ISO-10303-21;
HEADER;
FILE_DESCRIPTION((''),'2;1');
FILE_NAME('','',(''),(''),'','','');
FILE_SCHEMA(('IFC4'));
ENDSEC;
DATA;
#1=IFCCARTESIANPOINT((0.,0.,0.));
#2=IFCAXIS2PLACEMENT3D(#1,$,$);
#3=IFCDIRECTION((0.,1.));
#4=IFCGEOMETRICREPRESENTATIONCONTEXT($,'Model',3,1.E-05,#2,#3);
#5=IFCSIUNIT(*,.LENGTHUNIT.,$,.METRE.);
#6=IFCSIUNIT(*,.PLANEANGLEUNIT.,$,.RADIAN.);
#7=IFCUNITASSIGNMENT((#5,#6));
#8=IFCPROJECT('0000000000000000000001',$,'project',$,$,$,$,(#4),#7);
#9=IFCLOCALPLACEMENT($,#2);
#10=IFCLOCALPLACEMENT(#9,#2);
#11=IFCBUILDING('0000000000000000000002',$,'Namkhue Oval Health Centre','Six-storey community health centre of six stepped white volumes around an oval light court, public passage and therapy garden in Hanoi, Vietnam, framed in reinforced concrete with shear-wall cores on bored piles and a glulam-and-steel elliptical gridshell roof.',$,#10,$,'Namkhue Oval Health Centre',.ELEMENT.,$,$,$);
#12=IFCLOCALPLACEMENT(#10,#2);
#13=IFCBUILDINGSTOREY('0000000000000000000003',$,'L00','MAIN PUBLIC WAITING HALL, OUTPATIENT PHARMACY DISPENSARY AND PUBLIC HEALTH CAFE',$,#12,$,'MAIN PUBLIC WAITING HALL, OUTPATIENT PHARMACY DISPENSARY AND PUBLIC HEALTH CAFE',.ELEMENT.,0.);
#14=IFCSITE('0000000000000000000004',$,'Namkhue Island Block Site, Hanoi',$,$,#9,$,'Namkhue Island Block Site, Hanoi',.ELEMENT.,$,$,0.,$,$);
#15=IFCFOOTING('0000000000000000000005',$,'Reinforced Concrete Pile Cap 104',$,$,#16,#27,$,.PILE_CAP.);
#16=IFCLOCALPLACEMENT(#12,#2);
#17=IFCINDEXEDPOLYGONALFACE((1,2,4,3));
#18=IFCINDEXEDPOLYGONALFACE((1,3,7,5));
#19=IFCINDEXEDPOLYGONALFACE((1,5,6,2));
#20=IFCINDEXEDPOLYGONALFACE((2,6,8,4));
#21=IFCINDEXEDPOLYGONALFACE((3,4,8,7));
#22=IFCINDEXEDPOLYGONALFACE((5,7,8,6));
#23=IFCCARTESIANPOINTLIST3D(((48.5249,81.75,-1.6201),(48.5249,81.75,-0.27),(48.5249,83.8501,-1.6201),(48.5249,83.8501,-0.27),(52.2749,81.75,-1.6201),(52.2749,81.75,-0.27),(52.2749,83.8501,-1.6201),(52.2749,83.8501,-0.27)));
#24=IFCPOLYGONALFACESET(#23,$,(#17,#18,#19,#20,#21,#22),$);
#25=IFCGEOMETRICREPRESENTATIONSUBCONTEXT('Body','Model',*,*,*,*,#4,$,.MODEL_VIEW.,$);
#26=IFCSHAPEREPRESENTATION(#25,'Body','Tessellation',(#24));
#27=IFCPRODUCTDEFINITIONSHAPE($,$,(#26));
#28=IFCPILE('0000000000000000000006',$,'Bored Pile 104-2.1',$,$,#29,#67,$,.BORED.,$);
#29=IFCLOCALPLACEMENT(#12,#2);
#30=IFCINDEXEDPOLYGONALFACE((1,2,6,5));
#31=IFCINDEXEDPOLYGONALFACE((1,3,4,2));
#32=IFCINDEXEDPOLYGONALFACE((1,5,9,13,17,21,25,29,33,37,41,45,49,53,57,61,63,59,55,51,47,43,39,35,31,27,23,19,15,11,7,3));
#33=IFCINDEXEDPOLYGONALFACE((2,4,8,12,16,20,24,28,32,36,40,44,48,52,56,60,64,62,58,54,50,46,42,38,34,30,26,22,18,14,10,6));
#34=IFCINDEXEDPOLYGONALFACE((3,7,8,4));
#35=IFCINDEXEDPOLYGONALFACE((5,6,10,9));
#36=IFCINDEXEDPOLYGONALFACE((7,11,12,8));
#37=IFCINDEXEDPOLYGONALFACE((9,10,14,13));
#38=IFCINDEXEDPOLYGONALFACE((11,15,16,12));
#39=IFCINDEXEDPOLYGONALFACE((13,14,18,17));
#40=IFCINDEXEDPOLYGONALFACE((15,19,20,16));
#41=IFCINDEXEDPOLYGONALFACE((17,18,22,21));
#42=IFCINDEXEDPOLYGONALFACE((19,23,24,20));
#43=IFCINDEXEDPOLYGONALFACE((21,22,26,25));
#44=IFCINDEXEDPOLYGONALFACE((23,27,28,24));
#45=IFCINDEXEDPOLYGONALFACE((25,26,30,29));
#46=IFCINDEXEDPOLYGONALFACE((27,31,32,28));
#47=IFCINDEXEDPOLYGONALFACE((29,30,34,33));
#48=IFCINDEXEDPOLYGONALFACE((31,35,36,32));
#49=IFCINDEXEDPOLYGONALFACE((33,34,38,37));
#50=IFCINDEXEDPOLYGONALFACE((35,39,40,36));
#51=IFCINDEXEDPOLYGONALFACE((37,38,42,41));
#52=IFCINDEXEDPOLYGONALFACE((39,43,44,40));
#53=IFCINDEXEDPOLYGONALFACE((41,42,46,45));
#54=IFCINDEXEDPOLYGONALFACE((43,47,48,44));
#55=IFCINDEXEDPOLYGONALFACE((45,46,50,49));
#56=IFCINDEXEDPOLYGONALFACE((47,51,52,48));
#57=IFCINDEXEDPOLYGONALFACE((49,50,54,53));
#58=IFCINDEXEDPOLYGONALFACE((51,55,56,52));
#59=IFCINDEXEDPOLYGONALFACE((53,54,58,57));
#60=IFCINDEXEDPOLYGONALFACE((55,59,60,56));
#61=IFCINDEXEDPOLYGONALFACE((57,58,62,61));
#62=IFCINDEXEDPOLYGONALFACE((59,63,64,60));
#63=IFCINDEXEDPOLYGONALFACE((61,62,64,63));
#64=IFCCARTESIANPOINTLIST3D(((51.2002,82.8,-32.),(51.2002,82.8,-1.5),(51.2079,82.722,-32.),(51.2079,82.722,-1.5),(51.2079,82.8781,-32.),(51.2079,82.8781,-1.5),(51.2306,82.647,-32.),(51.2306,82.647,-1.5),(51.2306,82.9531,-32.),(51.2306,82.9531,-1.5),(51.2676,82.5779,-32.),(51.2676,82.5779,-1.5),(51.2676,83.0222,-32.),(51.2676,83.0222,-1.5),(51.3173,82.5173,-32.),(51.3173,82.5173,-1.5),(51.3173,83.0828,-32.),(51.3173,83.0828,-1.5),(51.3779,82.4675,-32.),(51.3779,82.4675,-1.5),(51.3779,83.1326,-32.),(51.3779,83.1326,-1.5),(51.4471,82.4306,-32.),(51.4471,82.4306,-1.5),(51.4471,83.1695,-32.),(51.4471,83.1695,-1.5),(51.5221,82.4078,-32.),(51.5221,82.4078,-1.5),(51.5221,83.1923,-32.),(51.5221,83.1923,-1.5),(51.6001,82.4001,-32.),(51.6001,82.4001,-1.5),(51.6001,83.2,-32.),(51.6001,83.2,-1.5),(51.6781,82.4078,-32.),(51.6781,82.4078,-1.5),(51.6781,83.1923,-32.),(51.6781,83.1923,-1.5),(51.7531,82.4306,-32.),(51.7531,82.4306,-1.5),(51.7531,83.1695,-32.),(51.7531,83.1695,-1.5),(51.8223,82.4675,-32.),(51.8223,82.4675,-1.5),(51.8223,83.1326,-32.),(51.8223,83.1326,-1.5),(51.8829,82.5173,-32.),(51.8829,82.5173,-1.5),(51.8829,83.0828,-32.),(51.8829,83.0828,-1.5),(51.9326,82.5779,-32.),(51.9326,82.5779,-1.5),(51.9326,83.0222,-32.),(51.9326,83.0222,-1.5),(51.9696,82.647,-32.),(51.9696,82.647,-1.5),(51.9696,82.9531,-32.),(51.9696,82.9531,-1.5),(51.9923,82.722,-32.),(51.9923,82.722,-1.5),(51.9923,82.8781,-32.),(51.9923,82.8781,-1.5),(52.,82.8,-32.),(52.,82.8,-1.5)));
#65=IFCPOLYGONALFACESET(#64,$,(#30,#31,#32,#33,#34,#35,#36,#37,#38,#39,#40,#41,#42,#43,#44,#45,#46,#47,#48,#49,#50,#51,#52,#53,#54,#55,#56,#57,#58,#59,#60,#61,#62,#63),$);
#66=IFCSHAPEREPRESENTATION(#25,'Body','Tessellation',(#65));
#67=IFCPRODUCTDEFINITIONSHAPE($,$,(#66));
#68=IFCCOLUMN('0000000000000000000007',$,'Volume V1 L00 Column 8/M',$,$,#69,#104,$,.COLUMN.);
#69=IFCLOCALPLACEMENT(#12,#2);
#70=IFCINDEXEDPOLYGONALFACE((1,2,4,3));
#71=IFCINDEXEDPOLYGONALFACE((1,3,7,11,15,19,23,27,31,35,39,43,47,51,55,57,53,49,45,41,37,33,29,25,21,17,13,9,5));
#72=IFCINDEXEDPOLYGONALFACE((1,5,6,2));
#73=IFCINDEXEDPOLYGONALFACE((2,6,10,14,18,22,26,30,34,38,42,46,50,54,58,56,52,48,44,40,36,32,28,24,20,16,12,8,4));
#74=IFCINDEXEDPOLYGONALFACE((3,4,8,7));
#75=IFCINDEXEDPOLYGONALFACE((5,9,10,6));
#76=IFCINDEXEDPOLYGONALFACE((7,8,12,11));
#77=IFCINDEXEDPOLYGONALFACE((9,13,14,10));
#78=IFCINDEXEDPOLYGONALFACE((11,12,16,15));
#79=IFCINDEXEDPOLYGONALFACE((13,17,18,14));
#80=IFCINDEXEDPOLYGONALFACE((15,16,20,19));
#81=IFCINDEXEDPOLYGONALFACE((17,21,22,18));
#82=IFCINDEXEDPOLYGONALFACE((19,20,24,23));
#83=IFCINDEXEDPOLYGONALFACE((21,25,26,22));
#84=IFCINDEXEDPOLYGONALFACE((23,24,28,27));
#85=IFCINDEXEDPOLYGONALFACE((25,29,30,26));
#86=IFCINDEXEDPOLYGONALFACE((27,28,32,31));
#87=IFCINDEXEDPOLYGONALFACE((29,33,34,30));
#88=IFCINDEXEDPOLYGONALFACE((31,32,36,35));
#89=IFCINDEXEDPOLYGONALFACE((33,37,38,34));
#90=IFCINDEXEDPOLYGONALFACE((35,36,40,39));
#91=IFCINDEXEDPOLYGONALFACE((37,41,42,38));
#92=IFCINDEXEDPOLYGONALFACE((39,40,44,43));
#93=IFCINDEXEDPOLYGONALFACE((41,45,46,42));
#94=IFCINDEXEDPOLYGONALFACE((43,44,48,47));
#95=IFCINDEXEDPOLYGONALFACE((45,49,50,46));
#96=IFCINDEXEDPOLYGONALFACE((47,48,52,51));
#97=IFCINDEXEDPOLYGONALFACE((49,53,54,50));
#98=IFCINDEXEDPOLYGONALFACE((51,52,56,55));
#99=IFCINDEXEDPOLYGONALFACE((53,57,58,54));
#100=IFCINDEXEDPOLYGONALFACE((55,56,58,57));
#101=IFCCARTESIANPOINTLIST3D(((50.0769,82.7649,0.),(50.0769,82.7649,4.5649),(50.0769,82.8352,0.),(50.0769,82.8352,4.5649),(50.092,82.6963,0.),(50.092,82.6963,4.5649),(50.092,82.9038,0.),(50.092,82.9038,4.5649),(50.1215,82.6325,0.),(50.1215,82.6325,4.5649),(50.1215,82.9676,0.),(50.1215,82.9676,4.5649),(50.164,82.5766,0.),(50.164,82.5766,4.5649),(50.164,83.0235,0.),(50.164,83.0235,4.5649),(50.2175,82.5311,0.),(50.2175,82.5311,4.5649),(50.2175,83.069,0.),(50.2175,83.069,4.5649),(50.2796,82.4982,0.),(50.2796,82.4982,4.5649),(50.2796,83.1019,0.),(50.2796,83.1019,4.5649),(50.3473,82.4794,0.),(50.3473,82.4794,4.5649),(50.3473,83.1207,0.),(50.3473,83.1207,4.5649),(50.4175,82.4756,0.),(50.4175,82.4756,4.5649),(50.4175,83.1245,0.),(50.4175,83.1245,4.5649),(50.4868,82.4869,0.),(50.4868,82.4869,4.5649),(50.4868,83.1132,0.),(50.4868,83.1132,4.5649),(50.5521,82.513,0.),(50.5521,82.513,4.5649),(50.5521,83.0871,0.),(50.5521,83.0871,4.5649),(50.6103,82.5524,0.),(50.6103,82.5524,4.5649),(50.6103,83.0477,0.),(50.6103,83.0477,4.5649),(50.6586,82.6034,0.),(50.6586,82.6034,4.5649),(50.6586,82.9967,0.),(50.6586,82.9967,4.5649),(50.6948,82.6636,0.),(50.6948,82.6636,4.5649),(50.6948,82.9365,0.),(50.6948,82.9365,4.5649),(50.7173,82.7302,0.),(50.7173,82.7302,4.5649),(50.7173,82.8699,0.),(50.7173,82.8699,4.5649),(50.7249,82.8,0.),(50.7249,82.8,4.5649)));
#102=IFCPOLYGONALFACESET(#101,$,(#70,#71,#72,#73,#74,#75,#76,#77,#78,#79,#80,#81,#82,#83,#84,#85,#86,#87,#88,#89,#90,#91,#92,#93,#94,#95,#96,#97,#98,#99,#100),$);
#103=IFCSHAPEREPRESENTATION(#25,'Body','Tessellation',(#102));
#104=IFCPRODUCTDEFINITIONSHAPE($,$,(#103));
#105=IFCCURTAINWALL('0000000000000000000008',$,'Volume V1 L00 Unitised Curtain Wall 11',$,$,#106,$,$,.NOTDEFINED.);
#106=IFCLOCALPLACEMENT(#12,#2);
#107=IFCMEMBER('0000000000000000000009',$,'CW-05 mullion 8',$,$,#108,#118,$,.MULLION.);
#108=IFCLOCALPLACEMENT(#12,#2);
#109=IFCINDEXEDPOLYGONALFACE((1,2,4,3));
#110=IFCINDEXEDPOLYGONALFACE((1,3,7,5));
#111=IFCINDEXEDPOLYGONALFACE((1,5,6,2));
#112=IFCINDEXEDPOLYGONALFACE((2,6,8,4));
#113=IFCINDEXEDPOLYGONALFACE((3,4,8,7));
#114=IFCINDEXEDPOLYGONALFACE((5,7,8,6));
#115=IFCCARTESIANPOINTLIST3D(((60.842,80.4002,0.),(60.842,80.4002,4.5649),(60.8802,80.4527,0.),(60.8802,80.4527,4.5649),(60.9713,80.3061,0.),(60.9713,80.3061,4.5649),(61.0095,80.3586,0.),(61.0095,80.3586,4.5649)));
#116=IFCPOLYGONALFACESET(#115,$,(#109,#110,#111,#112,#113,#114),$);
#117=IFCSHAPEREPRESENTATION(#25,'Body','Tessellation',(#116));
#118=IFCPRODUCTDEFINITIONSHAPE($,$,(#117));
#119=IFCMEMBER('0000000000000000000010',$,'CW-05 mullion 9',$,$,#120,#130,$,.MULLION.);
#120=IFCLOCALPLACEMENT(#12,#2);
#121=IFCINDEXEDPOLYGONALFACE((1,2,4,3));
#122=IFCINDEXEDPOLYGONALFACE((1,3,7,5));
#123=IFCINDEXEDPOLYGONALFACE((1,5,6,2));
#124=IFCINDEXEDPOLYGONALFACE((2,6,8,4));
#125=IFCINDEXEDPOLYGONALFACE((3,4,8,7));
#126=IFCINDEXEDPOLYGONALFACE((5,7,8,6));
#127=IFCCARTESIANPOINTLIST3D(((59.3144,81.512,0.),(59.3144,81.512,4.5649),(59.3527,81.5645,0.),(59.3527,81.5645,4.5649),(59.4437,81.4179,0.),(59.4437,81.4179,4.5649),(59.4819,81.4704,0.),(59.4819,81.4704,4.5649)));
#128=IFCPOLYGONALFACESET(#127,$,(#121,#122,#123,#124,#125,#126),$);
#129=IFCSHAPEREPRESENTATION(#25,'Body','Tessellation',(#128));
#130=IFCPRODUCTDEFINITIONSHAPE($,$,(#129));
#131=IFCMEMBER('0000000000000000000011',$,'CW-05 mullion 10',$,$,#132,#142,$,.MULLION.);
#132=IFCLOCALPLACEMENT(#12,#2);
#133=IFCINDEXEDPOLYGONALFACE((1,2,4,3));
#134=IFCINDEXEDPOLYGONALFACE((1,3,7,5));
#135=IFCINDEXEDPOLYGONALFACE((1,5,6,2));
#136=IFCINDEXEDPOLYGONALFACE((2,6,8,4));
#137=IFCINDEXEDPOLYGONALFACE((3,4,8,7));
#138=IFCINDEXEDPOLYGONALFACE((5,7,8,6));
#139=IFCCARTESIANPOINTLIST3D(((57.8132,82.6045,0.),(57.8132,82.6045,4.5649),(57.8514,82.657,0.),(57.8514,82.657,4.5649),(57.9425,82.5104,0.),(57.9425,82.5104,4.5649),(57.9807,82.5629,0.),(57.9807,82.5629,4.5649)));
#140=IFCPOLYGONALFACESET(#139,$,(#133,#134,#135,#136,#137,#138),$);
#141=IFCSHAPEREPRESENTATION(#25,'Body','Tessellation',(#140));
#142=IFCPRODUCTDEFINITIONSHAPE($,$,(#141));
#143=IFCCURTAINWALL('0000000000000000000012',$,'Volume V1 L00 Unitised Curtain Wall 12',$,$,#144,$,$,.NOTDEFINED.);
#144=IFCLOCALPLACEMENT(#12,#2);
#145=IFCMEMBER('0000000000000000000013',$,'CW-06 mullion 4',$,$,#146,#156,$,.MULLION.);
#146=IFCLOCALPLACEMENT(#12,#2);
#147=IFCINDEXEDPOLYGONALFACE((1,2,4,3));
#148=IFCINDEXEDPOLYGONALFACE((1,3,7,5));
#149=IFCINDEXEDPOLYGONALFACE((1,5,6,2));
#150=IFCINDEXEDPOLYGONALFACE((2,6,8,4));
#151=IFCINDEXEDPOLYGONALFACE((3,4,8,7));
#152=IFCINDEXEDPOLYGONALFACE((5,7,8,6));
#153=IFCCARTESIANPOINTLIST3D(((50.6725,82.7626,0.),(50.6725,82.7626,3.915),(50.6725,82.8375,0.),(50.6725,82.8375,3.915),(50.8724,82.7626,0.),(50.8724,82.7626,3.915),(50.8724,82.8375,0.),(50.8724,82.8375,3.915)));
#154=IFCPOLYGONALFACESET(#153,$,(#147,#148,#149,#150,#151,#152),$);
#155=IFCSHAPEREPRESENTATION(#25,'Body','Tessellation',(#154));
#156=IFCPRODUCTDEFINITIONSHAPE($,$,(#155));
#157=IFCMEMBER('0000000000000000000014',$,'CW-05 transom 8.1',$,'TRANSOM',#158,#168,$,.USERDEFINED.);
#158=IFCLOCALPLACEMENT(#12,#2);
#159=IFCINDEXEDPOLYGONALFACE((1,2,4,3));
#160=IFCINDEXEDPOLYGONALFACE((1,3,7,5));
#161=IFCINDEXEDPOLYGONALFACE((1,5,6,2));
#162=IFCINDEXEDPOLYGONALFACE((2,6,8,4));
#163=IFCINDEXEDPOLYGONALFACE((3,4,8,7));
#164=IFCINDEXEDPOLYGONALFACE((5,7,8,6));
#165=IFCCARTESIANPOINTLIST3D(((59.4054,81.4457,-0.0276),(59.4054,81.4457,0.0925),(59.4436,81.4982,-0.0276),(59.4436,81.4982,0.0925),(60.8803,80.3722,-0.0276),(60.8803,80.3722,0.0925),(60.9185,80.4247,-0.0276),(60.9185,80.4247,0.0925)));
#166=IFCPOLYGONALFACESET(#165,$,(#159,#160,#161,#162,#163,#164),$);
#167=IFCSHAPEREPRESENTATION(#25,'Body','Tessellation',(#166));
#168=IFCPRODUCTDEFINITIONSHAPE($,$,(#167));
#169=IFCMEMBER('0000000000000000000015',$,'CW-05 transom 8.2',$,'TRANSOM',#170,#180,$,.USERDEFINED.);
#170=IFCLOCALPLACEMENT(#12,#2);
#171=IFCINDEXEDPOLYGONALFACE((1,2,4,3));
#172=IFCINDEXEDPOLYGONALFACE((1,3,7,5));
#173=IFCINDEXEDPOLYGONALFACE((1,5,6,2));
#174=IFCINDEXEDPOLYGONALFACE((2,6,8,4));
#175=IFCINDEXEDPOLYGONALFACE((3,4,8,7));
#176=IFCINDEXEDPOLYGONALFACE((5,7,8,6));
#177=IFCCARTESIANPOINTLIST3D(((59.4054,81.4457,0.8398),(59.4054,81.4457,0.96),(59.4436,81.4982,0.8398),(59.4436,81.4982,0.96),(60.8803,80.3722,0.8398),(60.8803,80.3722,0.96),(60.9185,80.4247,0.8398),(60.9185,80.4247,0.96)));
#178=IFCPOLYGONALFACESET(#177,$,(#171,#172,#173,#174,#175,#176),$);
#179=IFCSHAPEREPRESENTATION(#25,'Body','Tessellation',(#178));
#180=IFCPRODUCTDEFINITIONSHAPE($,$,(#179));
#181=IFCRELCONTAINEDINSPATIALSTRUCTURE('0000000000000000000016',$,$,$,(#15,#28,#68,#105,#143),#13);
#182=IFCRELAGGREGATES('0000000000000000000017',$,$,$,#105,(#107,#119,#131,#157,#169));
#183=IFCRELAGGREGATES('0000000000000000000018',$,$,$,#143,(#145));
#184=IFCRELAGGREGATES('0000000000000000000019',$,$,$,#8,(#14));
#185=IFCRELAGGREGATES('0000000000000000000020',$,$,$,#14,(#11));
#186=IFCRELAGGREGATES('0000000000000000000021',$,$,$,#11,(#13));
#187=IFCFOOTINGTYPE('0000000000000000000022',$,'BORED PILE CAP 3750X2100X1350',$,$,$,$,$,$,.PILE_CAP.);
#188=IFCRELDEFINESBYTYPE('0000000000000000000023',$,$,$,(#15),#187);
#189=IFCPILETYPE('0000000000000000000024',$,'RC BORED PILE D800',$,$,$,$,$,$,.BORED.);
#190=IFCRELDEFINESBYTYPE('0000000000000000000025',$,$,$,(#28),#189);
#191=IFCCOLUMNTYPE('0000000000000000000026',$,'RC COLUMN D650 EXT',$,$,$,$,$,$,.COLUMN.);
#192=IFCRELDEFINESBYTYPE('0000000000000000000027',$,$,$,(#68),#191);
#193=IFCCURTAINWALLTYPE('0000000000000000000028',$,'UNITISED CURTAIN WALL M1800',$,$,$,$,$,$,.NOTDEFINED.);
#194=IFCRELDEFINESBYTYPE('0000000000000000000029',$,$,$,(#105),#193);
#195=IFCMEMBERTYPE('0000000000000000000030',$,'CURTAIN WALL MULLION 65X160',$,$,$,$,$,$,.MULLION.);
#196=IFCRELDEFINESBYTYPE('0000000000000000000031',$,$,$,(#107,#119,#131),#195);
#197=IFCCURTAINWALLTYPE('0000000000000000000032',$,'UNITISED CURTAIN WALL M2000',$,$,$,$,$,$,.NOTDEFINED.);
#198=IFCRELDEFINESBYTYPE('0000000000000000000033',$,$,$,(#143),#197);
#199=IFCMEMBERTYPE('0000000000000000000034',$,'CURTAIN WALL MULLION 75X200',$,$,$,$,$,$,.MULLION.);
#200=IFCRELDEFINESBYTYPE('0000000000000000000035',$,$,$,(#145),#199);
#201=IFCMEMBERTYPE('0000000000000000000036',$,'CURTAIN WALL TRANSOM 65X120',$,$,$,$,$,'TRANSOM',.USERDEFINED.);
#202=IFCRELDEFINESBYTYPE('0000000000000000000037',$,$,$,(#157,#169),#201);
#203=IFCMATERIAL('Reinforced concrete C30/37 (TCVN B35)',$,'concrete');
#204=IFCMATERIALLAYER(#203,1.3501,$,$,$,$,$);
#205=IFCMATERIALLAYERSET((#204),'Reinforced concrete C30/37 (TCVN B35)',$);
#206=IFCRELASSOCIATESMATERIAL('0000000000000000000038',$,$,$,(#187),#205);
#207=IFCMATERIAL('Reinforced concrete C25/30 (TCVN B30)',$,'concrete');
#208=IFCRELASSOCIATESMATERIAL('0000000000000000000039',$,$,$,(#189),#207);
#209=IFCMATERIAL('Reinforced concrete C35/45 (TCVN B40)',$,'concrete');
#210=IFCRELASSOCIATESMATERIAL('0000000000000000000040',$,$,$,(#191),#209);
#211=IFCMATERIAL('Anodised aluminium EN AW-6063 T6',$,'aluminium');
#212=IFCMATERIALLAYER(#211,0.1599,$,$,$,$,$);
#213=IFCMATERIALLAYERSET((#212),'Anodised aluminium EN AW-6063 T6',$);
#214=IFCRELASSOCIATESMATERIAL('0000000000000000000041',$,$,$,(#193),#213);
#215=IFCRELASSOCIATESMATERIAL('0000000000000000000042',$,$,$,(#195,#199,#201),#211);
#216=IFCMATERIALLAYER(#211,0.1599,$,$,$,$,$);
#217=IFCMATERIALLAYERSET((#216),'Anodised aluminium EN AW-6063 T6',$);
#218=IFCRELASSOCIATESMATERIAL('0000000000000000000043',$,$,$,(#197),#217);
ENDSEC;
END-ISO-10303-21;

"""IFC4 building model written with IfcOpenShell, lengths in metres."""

from ifc_helpers import new_model, si_unit, direction, frame, origin, origin_2d, place, context, subcontext, project, spatial, rectangle, circle, extrude, material, layer, layer_set, material_profile, profile_set, type_object, element, aggregate, save


model = new_model("IFC4")

# Units and contexts
model_context = context("Model", 3, precision=1e-05, world=origin(), true_north=direction((0.0, 1.0)))
body_context = subcontext(model_context, "Body", "Model", "MODEL_VIEW")
ifc_project = project(units=[si_unit("LENGTHUNIT", "METRE"), si_unit("PLANEANGLEUNIT", "RADIAN")], contexts=[model_context])

# Site, building, storey
site_placement = place(None, origin())
site = spatial("IfcSite", under=ifc_project, at=site_placement, Name="Namkhue Island Block Site, Hanoi", LongName="Namkhue Island Block Site, Hanoi", CompositionType="ELEMENT", RefElevation=0.0)
building_placement = place(site_placement, origin())
building = spatial("IfcBuilding", under=site, at=building_placement, Name="Namkhue Oval Health Centre", Description="Six-storey community health centre of six stepped white volumes around an oval light court, public passage and therapy garden in Hanoi, Vietnam, framed in reinforced concrete with shear-wall cores on bored piles and a glulam-and-steel elliptical gridshell roof.", LongName="Namkhue Oval Health Centre", CompositionType="ELEMENT")
storey_placement = place(building_placement, origin())
storey = spatial("IfcBuildingStorey", under=building, at=storey_placement, Name="L00", Description="MAIN PUBLIC WAITING HALL, OUTPATIENT PHARMACY DISPENSARY AND PUBLIC HEALTH CAFE", LongName="MAIN PUBLIC WAITING HALL, OUTPATIENT PHARMACY DISPENSARY AND PUBLIC HEALTH CAFE", CompositionType="ELEMENT", Elevation=0.0)

# Footing
ifc_material_1 = material(Name="Reinforced concrete C30/37 (TCVN B35)", Category="concrete")
ifc_layer_1 = layer(ifc_material_1, 1.3501)
ifc_layer_set_1 = layer_set([ifc_layer_1], Name="Reinforced concrete C30/37 (TCVN B35)")
footing_type = type_object("IfcFootingType", Name="BORED PILE CAP 3750X2100X1350", PredefinedType="PILE_CAP", material=ifc_layer_set_1)
footing_placement = place(storey_placement, frame((50.3999, 82.8, -1.6201), z_axis=(0.0, 0.0, 1.0), x_axis=(1.0, 0.0, 0.0)))
element("IfcFooting", 1, at=footing_placement, inside=storey, type_object=footing_type, Name="Reinforced Concrete Pile Cap 104", PredefinedType="PILE_CAP", context=body_context, shape_type="SweptSolid", body=[
    extrude(rectangle(XDim=3.75, YDim=2.1001, at=origin_2d()), origin(), (0.0, 0.0, 1.0), 1.3501),
])

# Pile
ifc_material_2 = material(Name="Reinforced concrete C25/30 (TCVN B30)", Category="concrete")
ifc_material_profile_1 = material_profile(ifc_material_2, circle(Radius=0.3999, at=origin_2d()), Name="BORED PILE D800")
ifc_profile_set_1 = profile_set([ifc_material_profile_1], Name="Reinforced concrete C25/30 (TCVN B30)")
pile_type = type_object("IfcPileType", Name="RC BORED PILE D800", PredefinedType="BORED", material=ifc_profile_set_1)
pile_placement = place(storey_placement, frame((51.6001, 82.8, -1.5), z_axis=(0.0, 0.0, -1.0), x_axis=(1.0, 0.0, 0.0)))
element("IfcPile", 2, at=pile_placement, inside=storey, type_object=pile_type, Name="Bored Pile 104-2.1", PredefinedType="BORED", context=body_context, shape_type="SweptSolid", body=[
    extrude(circle(Radius=0.3999, at=origin_2d()), origin(), (0.0, 0.0, 1.0), 30.5),
])

# Column
ifc_material_3 = material(Name="Reinforced concrete C35/45 (TCVN B40)", Category="concrete")
ifc_material_profile_2 = material_profile(ifc_material_3, circle(Radius=0.325, at=origin_2d()), Name="RC D650")
ifc_profile_set_2 = profile_set([ifc_material_profile_2], Name="Reinforced concrete C35/45 (TCVN B40)")
column_type = type_object("IfcColumnType", Name="RC COLUMN D650 EXT", PredefinedType="COLUMN", material=ifc_profile_set_2)
column_placement = place(storey_placement, frame((50.3999, 82.8, 0.0), z_axis=(0.0, 0.0, 1.0), x_axis=(1.0, 0.0, 0.0)))
element("IfcColumn", 3, at=column_placement, inside=storey, type_object=column_type, Name="Volume V1 L00 Column 8/M", PredefinedType="COLUMN", context=body_context, shape_type="SweptSolid", body=[
    extrude(circle(Radius=0.325, at=origin_2d()), origin(), (0.0, 0.0, 1.0), 4.5649),
])

# Curtain wall, members
ifc_material_4 = material(Name="Anodised aluminium EN AW-6063 T6", Category="aluminium")
ifc_layer_2 = layer(ifc_material_4, 0.1599)
ifc_layer_set_2 = layer_set([ifc_layer_2], Name="Anodised aluminium EN AW-6063 T6")
curtain_wall_type_1 = type_object("IfcCurtainWallType", Name="UNITISED CURTAIN WALL M1800", PredefinedType="NOTDEFINED", material=ifc_layer_set_2)
curtain_wall_1_placement = place(storey_placement, origin())
curtain_wall_1 = element("IfcCurtainWall", 4, at=curtain_wall_1_placement, inside=storey, type_object=curtain_wall_type_1, Name="Volume V1 L00 Unitised Curtain Wall 11", PredefinedType="NOTDEFINED")
ifc_material_profile_3 = material_profile(ifc_material_4, rectangle(XDim=0.0649, YDim=0.1599, at=origin_2d()), Name="ALU 65x160")
ifc_profile_set_3 = profile_set([ifc_material_profile_3], Name="Anodised aluminium EN AW-6063 T6")
member_type_1 = type_object("IfcMemberType", Name="CURTAIN WALL MULLION 65X160", PredefinedType="MULLION", material=ifc_profile_set_3)
member_1_placement = place(storey_placement, frame((60.9258, 80.3794, 0.0), z_axis=(0.0, 0.0, 1.0), x_axis=(-0.588477, -0.808514, 0.0)))
member_1 = element("IfcMember", 5, at=member_1_placement, type_object=member_type_1, Name="CW-05 mullion 8", PredefinedType="MULLION", context=body_context, shape_type="SweptSolid", body=[
    extrude(rectangle(XDim=0.0649, YDim=0.1599, at=origin_2d()), origin(), (0.0, 0.0, 1.0), 4.5649),
])
member_2_placement = place(storey_placement, frame((59.3982, 81.4912, 0.0), z_axis=(0.0, 0.0, 1.0), x_axis=(-0.588477, -0.808514, 0.0)))
member_2 = element("IfcMember", 6, at=member_2_placement, type_object=member_type_1, Name="CW-05 mullion 9", PredefinedType="MULLION", context=body_context, shape_type="SweptSolid", body=[
    extrude(rectangle(XDim=0.0649, YDim=0.1599, at=origin_2d()), origin(), (0.0, 0.0, 1.0), 4.5649),
])
member_3_placement = place(storey_placement, frame((57.897, 82.5837, 0.0), z_axis=(0.0, 0.0, 1.0), x_axis=(-0.588477, -0.808514, 0.0)))
member_3 = element("IfcMember", 7, at=member_3_placement, type_object=member_type_1, Name="CW-05 mullion 10", PredefinedType="MULLION", context=body_context, shape_type="SweptSolid", body=[
    extrude(rectangle(XDim=0.0649, YDim=0.1599, at=origin_2d()), origin(), (0.0, 0.0, 1.0), 4.5649),
])

# Curtain wall, member
ifc_layer_3 = layer(ifc_material_4, 0.1599)
ifc_layer_set_3 = layer_set([ifc_layer_3], Name="Anodised aluminium EN AW-6063 T6")
curtain_wall_type_2 = type_object("IfcCurtainWallType", Name="UNITISED CURTAIN WALL M2000", PredefinedType="NOTDEFINED", material=ifc_layer_set_3)
curtain_wall_2_placement = place(storey_placement, origin())
curtain_wall_2 = element("IfcCurtainWall", 8, at=curtain_wall_2_placement, inside=storey, type_object=curtain_wall_type_2, Name="Volume V1 L00 Unitised Curtain Wall 12", PredefinedType="NOTDEFINED")
ifc_material_profile_4 = material_profile(ifc_material_4, rectangle(XDim=0.075, YDim=0.2, at=origin_2d()), Name="ALU 75x200")
ifc_profile_set_4 = profile_set([ifc_material_profile_4], Name="Anodised aluminium EN AW-6063 T6")
member_type_2 = type_object("IfcMemberType", Name="CURTAIN WALL MULLION 75X200", PredefinedType="MULLION", material=ifc_profile_set_4)
member_4_placement = place(storey_placement, frame((50.7725, 82.8, 0.0), z_axis=(0.0, 0.0, 1.0), x_axis=(0.0, -1.0, 0.0)))
member_4 = element("IfcMember", 9, at=member_4_placement, type_object=member_type_2, Name="CW-06 mullion 4", PredefinedType="MULLION", context=body_context, shape_type="SweptSolid", body=[
    extrude(rectangle(XDim=0.075, YDim=0.2, at=origin_2d()), origin(), (0.0, 0.0, 1.0), 3.915),
])

# Members
ifc_material_profile_5 = material_profile(ifc_material_4, rectangle(XDim=0.0649, YDim=0.1201, at=origin_2d()), Name="ALU 65x120")
ifc_profile_set_5 = profile_set([ifc_material_profile_5], Name="Anodised aluminium EN AW-6063 T6")
member_type_3 = type_object("IfcMemberType", Name="CURTAIN WALL TRANSOM 65X120", ElementType="TRANSOM", PredefinedType="USERDEFINED", material=ifc_profile_set_5)
member_5_placement = place(storey_placement, frame((60.8994, 80.3984, 0.0325), z_axis=(-0.80851, 0.588482, 0.0), x_axis=(-0.588482, -0.80851, 0.0)))
member_5 = element("IfcMember", 10, at=member_5_placement, type_object=member_type_3, Name="CW-05 transom 8.1", ObjectType="TRANSOM", PredefinedType="USERDEFINED", context=body_context, shape_type="SweptSolid", body=[
    extrude(rectangle(XDim=0.0649, YDim=0.1201, at=origin_2d()), origin(), (0.0, 0.0, 1.0), 1.8242),
])
member_6_placement = place(storey_placement, frame((60.8994, 80.3984, 0.8999), z_axis=(-0.80851, 0.588482, 0.0), x_axis=(-0.588482, -0.80851, 0.0)))
member_6 = element("IfcMember", 11, at=member_6_placement, type_object=member_type_3, Name="CW-05 transom 8.2", ObjectType="TRANSOM", PredefinedType="USERDEFINED", context=body_context, shape_type="SweptSolid", body=[
    extrude(rectangle(XDim=0.0649, YDim=0.1201, at=origin_2d()), origin(), (0.0, 0.0, 1.0), 1.8242),
])

aggregate(curtain_wall_1, [member_1, member_2, member_3, member_5, member_6])
aggregate(curtain_wall_2, [member_4])

save(model, "model.ifc")
